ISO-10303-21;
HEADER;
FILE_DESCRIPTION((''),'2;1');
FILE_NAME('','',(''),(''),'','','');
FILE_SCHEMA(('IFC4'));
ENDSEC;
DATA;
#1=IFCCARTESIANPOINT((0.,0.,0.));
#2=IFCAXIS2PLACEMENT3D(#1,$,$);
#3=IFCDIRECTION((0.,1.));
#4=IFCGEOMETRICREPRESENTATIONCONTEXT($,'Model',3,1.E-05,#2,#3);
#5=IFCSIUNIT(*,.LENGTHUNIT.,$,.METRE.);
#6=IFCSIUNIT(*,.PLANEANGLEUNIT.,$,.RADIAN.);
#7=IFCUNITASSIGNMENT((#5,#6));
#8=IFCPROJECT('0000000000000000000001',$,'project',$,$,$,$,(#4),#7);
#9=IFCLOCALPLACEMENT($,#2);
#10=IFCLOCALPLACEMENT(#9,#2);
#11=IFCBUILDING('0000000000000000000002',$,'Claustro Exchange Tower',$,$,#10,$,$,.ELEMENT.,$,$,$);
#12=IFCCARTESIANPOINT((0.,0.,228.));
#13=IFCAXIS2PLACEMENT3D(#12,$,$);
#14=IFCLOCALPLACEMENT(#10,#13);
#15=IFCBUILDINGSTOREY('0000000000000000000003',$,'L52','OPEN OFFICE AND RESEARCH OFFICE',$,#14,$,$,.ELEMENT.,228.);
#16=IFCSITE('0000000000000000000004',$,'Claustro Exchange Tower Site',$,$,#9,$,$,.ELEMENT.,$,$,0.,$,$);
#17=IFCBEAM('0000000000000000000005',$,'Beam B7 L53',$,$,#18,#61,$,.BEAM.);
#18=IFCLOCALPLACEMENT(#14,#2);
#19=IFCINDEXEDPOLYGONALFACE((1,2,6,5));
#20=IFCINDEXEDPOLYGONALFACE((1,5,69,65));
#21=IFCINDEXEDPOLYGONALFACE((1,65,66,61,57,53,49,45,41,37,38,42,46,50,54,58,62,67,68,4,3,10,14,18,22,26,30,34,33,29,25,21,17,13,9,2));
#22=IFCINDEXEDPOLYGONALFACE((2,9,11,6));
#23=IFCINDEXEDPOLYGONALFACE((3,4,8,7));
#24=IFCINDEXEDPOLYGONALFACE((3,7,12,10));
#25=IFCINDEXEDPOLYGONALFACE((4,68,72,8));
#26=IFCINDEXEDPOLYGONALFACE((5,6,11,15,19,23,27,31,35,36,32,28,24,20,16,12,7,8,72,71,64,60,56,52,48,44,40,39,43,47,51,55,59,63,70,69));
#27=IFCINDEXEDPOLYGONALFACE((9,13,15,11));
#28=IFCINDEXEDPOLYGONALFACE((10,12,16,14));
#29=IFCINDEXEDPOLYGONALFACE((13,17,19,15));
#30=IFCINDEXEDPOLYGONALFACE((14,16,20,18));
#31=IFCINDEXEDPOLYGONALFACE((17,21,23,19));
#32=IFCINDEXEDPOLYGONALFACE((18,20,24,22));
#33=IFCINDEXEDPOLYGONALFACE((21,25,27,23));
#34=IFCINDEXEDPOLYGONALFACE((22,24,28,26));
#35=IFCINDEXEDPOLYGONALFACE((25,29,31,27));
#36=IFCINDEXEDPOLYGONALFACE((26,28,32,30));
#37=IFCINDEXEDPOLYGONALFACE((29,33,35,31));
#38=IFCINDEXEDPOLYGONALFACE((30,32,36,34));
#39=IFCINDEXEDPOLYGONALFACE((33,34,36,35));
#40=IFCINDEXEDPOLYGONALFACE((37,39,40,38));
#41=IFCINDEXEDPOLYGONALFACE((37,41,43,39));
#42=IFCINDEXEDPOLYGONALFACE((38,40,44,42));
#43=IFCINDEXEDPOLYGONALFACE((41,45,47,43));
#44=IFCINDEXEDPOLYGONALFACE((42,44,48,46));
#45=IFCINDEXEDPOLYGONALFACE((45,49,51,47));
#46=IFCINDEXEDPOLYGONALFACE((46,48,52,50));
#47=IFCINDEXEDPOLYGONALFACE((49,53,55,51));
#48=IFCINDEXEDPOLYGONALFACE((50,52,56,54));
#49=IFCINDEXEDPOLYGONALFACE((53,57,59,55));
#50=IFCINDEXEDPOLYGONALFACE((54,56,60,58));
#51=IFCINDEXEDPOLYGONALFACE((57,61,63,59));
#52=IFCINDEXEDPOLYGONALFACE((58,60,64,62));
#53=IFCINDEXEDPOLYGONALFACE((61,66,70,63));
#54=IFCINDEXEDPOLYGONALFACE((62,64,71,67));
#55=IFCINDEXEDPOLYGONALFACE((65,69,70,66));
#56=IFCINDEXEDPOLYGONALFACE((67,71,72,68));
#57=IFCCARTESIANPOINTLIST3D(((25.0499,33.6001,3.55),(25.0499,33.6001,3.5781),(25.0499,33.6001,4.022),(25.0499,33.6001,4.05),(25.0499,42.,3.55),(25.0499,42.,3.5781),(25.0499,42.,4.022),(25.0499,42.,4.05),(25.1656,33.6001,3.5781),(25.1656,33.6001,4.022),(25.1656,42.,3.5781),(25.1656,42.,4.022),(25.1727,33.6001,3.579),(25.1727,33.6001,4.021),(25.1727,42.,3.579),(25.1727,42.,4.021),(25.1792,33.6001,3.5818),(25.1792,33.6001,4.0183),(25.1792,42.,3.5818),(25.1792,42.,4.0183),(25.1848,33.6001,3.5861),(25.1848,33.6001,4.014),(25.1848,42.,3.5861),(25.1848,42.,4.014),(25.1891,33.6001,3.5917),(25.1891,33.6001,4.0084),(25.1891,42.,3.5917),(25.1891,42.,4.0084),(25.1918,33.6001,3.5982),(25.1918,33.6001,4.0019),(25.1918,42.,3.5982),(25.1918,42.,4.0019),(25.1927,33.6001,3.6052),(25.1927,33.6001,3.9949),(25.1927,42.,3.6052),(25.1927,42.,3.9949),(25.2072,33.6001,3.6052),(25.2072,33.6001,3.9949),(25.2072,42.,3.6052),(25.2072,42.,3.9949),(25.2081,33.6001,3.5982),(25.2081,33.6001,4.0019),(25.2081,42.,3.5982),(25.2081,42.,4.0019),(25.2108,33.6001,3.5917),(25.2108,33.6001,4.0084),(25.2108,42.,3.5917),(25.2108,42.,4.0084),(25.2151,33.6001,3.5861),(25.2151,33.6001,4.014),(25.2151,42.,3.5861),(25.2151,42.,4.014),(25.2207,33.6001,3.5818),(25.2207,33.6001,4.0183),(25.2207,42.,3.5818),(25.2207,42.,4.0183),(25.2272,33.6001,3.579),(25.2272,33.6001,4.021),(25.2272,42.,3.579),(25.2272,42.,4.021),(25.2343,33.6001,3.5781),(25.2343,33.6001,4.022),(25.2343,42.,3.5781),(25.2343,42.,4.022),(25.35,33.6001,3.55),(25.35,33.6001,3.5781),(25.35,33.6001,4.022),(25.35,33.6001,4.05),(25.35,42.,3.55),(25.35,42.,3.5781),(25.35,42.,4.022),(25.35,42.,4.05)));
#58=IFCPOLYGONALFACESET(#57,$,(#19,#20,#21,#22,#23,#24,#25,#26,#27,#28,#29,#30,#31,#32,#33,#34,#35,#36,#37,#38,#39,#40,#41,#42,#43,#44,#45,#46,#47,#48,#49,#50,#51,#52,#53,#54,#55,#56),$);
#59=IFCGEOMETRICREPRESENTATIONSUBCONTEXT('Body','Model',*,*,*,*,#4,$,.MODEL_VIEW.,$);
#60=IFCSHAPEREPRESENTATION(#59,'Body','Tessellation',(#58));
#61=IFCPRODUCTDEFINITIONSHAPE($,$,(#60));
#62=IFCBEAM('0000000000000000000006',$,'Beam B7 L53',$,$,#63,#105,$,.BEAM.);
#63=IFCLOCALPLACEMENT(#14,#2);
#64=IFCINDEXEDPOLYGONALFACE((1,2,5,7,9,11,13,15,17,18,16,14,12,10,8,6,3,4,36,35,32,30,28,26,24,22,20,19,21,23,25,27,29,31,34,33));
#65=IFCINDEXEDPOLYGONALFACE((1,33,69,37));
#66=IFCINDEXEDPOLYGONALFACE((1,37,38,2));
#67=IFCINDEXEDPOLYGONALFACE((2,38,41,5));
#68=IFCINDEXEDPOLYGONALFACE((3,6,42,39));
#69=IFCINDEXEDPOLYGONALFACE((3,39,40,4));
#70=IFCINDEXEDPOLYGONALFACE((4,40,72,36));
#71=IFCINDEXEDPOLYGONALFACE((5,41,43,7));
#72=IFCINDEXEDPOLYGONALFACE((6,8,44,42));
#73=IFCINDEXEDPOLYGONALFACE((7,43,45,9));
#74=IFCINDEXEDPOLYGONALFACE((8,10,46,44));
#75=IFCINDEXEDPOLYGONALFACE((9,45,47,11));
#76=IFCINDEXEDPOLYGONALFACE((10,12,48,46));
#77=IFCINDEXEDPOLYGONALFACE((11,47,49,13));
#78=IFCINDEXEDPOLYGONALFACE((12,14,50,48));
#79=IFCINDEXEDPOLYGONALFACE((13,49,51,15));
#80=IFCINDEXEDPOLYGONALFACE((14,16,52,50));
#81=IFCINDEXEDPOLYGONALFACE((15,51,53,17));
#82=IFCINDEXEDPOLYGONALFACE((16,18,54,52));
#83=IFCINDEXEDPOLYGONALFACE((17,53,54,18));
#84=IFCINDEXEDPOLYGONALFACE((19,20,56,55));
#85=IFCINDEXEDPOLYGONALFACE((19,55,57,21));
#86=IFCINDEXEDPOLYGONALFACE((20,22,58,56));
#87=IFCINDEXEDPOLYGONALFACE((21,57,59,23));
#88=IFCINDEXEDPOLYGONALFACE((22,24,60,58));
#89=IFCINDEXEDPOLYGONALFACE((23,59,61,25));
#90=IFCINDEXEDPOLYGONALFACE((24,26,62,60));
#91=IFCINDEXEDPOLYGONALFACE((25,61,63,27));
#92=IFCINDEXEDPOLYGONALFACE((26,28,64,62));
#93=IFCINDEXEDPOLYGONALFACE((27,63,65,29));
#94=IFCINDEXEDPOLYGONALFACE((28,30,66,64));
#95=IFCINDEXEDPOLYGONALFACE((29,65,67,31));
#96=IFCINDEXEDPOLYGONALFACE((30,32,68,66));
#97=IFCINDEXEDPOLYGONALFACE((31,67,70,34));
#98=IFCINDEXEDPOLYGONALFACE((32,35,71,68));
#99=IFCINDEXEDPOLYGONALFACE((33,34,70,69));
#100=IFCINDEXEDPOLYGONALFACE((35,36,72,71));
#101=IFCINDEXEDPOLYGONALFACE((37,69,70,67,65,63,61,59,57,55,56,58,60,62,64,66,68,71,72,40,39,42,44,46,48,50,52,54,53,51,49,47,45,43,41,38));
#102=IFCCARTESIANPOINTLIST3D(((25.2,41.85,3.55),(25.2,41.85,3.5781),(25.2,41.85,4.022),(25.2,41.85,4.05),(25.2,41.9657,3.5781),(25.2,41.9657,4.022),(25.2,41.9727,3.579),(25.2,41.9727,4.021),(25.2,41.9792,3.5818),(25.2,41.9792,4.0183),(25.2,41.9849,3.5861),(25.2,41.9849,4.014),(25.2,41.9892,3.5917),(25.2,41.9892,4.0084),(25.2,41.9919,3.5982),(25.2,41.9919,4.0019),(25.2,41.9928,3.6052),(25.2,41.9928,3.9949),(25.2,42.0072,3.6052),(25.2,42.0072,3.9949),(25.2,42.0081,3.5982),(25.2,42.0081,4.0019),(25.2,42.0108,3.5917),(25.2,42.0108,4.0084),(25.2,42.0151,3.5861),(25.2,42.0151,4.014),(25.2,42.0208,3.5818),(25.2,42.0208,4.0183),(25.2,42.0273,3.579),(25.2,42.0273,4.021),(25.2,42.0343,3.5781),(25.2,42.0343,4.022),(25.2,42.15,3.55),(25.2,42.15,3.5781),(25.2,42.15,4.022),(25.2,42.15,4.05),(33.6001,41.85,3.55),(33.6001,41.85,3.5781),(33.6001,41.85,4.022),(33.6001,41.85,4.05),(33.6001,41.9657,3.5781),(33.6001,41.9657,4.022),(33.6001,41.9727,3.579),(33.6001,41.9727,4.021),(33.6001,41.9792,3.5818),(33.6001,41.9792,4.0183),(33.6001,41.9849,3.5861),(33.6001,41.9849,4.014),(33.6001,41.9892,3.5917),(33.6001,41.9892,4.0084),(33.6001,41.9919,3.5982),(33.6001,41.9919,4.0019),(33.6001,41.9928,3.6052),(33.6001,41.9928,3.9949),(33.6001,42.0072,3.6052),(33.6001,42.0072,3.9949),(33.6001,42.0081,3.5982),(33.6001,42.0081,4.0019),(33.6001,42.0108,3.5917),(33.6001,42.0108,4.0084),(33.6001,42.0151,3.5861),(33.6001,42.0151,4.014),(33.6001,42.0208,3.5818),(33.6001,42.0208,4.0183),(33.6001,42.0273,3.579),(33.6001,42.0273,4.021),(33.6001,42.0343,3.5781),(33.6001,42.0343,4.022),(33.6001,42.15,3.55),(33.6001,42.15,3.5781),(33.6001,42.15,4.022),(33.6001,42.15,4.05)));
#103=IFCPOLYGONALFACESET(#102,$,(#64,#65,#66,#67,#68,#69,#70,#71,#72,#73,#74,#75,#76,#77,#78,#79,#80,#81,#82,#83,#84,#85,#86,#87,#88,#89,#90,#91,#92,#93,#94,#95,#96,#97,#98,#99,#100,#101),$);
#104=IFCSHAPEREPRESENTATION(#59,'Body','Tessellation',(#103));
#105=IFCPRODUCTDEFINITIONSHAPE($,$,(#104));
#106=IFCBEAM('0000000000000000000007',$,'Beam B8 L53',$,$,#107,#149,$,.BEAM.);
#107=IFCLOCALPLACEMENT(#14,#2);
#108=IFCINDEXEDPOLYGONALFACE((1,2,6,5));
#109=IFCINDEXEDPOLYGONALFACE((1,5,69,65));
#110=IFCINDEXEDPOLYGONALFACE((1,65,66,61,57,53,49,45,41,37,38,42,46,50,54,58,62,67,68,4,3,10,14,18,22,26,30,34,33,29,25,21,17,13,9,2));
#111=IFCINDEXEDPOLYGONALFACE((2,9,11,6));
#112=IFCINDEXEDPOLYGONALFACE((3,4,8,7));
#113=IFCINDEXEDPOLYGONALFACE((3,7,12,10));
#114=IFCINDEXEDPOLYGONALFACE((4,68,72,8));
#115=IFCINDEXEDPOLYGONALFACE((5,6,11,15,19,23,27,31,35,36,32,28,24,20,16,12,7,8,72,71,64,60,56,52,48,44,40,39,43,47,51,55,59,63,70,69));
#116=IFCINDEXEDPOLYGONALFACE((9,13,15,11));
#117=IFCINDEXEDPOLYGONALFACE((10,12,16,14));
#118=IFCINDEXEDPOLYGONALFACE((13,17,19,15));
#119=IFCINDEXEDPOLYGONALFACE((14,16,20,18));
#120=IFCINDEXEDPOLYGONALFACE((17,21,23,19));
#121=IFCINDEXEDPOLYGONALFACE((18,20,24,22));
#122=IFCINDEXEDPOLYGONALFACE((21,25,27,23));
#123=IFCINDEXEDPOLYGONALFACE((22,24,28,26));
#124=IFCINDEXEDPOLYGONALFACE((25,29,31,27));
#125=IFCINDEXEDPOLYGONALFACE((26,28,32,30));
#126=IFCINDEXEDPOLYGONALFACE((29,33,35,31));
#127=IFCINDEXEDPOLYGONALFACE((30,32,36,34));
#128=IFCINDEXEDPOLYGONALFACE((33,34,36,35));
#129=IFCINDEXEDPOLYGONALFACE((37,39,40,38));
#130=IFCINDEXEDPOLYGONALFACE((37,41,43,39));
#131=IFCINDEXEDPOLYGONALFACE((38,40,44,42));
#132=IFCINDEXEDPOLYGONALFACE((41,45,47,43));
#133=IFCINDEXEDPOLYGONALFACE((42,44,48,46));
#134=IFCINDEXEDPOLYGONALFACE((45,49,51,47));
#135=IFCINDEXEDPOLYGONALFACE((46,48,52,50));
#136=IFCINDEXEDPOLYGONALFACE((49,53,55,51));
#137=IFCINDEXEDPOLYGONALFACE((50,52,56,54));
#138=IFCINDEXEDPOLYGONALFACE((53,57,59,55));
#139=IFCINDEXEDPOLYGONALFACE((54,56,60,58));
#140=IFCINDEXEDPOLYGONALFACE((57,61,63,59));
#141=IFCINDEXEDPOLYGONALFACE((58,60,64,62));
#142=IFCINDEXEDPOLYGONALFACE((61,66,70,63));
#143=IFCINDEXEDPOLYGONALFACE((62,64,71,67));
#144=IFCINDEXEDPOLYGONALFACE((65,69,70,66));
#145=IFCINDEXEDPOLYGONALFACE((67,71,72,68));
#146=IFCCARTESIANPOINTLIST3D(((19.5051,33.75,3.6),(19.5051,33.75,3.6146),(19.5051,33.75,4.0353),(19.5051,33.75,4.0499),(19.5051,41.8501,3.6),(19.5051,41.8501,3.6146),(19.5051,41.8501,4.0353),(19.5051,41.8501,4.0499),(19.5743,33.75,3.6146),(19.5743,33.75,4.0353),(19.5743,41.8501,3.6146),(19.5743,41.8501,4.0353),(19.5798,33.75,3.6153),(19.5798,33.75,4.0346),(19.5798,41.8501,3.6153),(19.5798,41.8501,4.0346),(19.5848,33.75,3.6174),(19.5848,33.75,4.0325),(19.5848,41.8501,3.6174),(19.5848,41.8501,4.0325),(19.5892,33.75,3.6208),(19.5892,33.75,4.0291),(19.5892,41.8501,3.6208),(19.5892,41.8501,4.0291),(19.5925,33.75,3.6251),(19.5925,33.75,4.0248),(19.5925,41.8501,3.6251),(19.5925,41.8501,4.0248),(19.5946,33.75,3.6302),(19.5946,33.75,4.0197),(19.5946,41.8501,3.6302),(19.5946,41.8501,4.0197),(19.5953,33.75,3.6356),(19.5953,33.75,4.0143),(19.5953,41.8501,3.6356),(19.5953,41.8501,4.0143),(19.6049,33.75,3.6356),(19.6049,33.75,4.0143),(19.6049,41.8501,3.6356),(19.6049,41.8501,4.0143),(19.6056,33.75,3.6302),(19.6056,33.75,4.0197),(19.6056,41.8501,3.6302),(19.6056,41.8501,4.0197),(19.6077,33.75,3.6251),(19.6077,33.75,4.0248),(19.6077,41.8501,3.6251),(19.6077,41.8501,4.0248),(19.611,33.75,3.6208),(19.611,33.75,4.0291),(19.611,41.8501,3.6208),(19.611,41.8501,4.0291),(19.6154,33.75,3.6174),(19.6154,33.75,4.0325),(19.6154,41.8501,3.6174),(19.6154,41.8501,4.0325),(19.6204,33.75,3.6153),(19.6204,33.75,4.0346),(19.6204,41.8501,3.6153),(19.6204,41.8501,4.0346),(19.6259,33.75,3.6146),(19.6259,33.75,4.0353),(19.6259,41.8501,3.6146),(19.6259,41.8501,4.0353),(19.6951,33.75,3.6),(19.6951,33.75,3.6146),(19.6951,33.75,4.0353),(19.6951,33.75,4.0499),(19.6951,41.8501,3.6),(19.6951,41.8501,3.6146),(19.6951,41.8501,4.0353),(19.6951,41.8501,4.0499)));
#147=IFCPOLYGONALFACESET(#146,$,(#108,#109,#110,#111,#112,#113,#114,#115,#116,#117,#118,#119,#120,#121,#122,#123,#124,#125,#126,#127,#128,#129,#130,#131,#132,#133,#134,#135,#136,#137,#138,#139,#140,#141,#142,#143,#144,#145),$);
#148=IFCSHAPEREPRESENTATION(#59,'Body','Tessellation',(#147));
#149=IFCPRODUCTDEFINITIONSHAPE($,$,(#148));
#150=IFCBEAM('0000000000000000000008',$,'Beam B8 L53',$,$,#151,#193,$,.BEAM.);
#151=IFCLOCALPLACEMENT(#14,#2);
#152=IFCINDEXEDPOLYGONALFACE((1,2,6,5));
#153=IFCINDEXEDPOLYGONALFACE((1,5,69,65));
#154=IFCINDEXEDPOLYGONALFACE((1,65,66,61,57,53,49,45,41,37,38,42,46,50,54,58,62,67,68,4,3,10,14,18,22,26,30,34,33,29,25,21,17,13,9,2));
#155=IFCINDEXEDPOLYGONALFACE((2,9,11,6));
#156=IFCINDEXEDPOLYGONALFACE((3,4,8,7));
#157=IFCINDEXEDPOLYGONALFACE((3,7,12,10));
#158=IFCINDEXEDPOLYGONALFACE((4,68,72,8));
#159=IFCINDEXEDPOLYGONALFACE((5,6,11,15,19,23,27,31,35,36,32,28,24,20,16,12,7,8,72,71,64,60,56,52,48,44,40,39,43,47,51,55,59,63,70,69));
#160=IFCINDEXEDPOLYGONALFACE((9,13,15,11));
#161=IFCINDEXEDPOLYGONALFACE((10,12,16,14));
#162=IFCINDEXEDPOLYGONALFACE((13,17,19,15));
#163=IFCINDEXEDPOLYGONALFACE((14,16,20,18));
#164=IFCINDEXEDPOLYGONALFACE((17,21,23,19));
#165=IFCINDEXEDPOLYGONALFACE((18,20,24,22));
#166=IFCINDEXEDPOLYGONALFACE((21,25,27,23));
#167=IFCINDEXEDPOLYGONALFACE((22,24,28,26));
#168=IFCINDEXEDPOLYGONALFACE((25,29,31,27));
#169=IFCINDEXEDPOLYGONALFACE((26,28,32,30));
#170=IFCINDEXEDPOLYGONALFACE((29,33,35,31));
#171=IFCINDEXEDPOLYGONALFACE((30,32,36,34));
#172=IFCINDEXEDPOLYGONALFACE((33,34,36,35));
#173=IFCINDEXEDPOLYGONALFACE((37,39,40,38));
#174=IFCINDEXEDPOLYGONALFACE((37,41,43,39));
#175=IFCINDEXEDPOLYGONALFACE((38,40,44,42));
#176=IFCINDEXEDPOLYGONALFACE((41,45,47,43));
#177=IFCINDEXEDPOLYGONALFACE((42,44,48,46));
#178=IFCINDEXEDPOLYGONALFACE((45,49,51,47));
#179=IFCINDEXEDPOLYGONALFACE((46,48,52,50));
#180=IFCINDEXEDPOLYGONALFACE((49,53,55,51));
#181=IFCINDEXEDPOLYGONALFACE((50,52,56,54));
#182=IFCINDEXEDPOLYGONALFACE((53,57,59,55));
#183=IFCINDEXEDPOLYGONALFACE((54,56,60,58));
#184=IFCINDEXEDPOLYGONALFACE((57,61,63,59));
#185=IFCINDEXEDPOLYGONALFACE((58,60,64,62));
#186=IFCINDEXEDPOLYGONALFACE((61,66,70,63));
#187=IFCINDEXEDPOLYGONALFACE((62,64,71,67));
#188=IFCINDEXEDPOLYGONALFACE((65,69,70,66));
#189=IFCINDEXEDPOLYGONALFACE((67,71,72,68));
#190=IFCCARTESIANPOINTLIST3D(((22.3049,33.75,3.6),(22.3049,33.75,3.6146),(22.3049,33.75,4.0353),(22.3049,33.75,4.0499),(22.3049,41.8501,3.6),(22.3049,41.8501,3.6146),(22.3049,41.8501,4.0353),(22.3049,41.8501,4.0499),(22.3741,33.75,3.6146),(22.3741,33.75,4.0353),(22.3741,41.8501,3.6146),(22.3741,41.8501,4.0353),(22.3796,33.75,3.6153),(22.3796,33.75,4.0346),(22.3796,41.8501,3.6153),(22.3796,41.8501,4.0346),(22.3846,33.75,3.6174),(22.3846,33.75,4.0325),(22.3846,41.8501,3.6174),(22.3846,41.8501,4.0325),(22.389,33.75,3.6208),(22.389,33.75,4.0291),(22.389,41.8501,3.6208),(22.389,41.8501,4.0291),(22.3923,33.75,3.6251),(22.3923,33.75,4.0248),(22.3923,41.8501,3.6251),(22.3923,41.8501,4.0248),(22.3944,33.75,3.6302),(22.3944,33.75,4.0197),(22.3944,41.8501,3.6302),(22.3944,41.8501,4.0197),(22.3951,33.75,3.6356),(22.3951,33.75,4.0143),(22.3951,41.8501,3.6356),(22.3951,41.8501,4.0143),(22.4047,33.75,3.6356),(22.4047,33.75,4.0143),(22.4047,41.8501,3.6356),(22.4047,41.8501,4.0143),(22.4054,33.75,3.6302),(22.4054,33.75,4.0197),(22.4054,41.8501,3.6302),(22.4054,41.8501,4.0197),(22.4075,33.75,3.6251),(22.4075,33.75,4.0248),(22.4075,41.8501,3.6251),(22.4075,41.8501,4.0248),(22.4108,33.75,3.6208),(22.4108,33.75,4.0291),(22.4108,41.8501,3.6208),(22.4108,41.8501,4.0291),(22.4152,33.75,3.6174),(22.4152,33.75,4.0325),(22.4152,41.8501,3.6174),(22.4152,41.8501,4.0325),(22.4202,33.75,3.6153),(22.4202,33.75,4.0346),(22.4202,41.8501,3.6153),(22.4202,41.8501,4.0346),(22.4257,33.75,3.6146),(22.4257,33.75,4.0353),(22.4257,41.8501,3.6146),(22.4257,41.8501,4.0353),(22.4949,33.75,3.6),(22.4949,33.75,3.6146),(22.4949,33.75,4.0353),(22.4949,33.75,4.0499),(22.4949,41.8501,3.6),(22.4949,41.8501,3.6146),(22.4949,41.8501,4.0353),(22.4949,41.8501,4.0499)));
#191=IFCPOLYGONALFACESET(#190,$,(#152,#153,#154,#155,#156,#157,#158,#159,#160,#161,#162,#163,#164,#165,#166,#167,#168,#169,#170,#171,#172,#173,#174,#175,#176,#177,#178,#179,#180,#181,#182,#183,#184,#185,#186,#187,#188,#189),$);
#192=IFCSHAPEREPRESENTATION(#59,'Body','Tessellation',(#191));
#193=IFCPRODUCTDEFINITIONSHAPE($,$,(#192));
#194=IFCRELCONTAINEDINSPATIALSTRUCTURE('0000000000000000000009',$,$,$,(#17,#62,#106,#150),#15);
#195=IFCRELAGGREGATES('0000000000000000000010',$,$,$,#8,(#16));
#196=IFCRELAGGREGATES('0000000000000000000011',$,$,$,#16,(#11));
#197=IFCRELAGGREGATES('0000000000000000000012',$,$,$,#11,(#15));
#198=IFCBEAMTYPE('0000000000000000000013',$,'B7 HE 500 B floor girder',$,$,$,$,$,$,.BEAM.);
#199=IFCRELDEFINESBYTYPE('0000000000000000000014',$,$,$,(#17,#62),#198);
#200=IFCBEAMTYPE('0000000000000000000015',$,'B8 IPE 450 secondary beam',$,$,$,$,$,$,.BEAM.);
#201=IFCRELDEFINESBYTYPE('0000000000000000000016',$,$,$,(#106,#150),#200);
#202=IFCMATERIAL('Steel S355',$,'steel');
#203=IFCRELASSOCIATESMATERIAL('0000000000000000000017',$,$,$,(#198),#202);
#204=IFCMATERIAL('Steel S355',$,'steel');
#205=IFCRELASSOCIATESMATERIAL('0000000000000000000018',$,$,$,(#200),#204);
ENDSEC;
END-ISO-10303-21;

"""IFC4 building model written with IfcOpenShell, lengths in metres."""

from ifc_helpers import new_model, si_unit, direction, frame, origin, origin_2d, place, context, subcontext, project, spatial, i_section, extrude, material, material_profile, profile_set, type_object, element, save


model = new_model("IFC4")

# Units and contexts
model_context = context("Model", 3, precision=1e-05, world=origin(), true_north=direction((0.0, 1.0)))
body_context = subcontext(model_context, "Body", "Model", "MODEL_VIEW")
ifc_project = project(units=[si_unit("LENGTHUNIT", "METRE"), si_unit("PLANEANGLEUNIT", "RADIAN")], contexts=[model_context])

# Site, building, storey
site_placement = place(None, origin())
site = spatial("IfcSite", under=ifc_project, at=site_placement, Name="Claustro Exchange Tower Site", CompositionType="ELEMENT", RefElevation=0.0)
building_placement = place(site_placement, origin())
building = spatial("IfcBuilding", under=site, at=building_placement, Name="Claustro Exchange Tower", CompositionType="ELEMENT")
storey_placement = place(building_placement, frame((0.0, 0.0, 228.0)))
storey = spatial("IfcBuildingStorey", under=building, at=storey_placement, Name="L52", Description="OPEN OFFICE AND RESEARCH OFFICE", CompositionType="ELEMENT", Elevation=228.0)

# Beams
ifc_material_1 = material(Name="Steel S355", Category="steel")
ifc_material_profile_1 = material_profile(ifc_material_1, i_section(OverallWidth=0.3, OverallDepth=0.5, WebThickness=0.0144, FlangeThickness=0.0281, FilletRadius=0.0271, at=origin_2d()), Name="HE 500 B")
ifc_profile_set_1 = profile_set([ifc_material_profile_1], Name="Steel S355")
beam_type_1 = type_object("IfcBeamType", Name="B7 HE 500 B floor girder", PredefinedType="BEAM", material=ifc_profile_set_1)
beam_1_placement = place(storey_placement, frame((25.2, 33.6001, 3.8), z_axis=(0.0, 1.0, 0.0), x_axis=(-1.0, 0.0, 0.0)))
element("IfcBeam", 1, at=beam_1_placement, inside=storey, type_object=beam_type_1, Name="Beam B7 L53", PredefinedType="BEAM", context=body_context, shape_type="SweptSolid", body=[
    extrude(i_section(OverallWidth=0.3, OverallDepth=0.5, WebThickness=0.0144, FlangeThickness=0.0281, FilletRadius=0.0271, at=origin_2d()), origin(), (0.0, 0.0, 1.0), 8.3999),
])
beam_2_placement = place(storey_placement, frame((25.2, 42.0, 3.8), z_axis=(1.0, 0.0, 0.0), x_axis=(0.0, 1.0, 0.0)))
element("IfcBeam", 2, at=beam_2_placement, inside=storey, type_object=beam_type_1, Name="Beam B7 L53", PredefinedType="BEAM", context=body_context, shape_type="SweptSolid", body=[
    extrude(i_section(OverallWidth=0.3, OverallDepth=0.5, WebThickness=0.0144, FlangeThickness=0.0281, FilletRadius=0.0271, at=origin_2d()), origin(), (0.0, 0.0, 1.0), 8.4001),
])
ifc_material_2 = material(Name="Steel S355", Category="steel")
ifc_material_profile_2 = material_profile(ifc_material_2, i_section(OverallWidth=0.1899, OverallDepth=0.45, WebThickness=0.0095, FlangeThickness=0.0146, FilletRadius=0.021, at=origin_2d()), Name="IPE 450")
ifc_profile_set_2 = profile_set([ifc_material_profile_2], Name="Steel S355")
beam_type_2 = type_object("IfcBeamType", Name="B8 IPE 450 secondary beam", PredefinedType="BEAM", material=ifc_profile_set_2)
for number, where, z_axis, x_axis, name in (
    (3, (19.6001, 33.75, 3.825), (0.0, 1.0, 0.0), (-1.0, 0.0, 0.0), "Beam B8 L53"),
    (4, (22.3999, 33.75, 3.825), (0.0, 1.0, 0.0), (-1.0, 0.0, 0.0), "Beam B8 L53"),
):
    element("IfcBeam", number, at=place(storey_placement, frame(where, z_axis=z_axis, x_axis=x_axis)), inside=storey, type_object=beam_type_2, Name=name, PredefinedType="BEAM", context=body_context, shape_type="SweptSolid", body=[
        extrude(i_section(OverallWidth=0.1899, OverallDepth=0.45, WebThickness=0.0095, FlangeThickness=0.0146, FilletRadius=0.021, at=origin_2d()), origin(), (0.0, 0.0, 1.0), 8.1001),
    ])

save(model, "model.ifc")
